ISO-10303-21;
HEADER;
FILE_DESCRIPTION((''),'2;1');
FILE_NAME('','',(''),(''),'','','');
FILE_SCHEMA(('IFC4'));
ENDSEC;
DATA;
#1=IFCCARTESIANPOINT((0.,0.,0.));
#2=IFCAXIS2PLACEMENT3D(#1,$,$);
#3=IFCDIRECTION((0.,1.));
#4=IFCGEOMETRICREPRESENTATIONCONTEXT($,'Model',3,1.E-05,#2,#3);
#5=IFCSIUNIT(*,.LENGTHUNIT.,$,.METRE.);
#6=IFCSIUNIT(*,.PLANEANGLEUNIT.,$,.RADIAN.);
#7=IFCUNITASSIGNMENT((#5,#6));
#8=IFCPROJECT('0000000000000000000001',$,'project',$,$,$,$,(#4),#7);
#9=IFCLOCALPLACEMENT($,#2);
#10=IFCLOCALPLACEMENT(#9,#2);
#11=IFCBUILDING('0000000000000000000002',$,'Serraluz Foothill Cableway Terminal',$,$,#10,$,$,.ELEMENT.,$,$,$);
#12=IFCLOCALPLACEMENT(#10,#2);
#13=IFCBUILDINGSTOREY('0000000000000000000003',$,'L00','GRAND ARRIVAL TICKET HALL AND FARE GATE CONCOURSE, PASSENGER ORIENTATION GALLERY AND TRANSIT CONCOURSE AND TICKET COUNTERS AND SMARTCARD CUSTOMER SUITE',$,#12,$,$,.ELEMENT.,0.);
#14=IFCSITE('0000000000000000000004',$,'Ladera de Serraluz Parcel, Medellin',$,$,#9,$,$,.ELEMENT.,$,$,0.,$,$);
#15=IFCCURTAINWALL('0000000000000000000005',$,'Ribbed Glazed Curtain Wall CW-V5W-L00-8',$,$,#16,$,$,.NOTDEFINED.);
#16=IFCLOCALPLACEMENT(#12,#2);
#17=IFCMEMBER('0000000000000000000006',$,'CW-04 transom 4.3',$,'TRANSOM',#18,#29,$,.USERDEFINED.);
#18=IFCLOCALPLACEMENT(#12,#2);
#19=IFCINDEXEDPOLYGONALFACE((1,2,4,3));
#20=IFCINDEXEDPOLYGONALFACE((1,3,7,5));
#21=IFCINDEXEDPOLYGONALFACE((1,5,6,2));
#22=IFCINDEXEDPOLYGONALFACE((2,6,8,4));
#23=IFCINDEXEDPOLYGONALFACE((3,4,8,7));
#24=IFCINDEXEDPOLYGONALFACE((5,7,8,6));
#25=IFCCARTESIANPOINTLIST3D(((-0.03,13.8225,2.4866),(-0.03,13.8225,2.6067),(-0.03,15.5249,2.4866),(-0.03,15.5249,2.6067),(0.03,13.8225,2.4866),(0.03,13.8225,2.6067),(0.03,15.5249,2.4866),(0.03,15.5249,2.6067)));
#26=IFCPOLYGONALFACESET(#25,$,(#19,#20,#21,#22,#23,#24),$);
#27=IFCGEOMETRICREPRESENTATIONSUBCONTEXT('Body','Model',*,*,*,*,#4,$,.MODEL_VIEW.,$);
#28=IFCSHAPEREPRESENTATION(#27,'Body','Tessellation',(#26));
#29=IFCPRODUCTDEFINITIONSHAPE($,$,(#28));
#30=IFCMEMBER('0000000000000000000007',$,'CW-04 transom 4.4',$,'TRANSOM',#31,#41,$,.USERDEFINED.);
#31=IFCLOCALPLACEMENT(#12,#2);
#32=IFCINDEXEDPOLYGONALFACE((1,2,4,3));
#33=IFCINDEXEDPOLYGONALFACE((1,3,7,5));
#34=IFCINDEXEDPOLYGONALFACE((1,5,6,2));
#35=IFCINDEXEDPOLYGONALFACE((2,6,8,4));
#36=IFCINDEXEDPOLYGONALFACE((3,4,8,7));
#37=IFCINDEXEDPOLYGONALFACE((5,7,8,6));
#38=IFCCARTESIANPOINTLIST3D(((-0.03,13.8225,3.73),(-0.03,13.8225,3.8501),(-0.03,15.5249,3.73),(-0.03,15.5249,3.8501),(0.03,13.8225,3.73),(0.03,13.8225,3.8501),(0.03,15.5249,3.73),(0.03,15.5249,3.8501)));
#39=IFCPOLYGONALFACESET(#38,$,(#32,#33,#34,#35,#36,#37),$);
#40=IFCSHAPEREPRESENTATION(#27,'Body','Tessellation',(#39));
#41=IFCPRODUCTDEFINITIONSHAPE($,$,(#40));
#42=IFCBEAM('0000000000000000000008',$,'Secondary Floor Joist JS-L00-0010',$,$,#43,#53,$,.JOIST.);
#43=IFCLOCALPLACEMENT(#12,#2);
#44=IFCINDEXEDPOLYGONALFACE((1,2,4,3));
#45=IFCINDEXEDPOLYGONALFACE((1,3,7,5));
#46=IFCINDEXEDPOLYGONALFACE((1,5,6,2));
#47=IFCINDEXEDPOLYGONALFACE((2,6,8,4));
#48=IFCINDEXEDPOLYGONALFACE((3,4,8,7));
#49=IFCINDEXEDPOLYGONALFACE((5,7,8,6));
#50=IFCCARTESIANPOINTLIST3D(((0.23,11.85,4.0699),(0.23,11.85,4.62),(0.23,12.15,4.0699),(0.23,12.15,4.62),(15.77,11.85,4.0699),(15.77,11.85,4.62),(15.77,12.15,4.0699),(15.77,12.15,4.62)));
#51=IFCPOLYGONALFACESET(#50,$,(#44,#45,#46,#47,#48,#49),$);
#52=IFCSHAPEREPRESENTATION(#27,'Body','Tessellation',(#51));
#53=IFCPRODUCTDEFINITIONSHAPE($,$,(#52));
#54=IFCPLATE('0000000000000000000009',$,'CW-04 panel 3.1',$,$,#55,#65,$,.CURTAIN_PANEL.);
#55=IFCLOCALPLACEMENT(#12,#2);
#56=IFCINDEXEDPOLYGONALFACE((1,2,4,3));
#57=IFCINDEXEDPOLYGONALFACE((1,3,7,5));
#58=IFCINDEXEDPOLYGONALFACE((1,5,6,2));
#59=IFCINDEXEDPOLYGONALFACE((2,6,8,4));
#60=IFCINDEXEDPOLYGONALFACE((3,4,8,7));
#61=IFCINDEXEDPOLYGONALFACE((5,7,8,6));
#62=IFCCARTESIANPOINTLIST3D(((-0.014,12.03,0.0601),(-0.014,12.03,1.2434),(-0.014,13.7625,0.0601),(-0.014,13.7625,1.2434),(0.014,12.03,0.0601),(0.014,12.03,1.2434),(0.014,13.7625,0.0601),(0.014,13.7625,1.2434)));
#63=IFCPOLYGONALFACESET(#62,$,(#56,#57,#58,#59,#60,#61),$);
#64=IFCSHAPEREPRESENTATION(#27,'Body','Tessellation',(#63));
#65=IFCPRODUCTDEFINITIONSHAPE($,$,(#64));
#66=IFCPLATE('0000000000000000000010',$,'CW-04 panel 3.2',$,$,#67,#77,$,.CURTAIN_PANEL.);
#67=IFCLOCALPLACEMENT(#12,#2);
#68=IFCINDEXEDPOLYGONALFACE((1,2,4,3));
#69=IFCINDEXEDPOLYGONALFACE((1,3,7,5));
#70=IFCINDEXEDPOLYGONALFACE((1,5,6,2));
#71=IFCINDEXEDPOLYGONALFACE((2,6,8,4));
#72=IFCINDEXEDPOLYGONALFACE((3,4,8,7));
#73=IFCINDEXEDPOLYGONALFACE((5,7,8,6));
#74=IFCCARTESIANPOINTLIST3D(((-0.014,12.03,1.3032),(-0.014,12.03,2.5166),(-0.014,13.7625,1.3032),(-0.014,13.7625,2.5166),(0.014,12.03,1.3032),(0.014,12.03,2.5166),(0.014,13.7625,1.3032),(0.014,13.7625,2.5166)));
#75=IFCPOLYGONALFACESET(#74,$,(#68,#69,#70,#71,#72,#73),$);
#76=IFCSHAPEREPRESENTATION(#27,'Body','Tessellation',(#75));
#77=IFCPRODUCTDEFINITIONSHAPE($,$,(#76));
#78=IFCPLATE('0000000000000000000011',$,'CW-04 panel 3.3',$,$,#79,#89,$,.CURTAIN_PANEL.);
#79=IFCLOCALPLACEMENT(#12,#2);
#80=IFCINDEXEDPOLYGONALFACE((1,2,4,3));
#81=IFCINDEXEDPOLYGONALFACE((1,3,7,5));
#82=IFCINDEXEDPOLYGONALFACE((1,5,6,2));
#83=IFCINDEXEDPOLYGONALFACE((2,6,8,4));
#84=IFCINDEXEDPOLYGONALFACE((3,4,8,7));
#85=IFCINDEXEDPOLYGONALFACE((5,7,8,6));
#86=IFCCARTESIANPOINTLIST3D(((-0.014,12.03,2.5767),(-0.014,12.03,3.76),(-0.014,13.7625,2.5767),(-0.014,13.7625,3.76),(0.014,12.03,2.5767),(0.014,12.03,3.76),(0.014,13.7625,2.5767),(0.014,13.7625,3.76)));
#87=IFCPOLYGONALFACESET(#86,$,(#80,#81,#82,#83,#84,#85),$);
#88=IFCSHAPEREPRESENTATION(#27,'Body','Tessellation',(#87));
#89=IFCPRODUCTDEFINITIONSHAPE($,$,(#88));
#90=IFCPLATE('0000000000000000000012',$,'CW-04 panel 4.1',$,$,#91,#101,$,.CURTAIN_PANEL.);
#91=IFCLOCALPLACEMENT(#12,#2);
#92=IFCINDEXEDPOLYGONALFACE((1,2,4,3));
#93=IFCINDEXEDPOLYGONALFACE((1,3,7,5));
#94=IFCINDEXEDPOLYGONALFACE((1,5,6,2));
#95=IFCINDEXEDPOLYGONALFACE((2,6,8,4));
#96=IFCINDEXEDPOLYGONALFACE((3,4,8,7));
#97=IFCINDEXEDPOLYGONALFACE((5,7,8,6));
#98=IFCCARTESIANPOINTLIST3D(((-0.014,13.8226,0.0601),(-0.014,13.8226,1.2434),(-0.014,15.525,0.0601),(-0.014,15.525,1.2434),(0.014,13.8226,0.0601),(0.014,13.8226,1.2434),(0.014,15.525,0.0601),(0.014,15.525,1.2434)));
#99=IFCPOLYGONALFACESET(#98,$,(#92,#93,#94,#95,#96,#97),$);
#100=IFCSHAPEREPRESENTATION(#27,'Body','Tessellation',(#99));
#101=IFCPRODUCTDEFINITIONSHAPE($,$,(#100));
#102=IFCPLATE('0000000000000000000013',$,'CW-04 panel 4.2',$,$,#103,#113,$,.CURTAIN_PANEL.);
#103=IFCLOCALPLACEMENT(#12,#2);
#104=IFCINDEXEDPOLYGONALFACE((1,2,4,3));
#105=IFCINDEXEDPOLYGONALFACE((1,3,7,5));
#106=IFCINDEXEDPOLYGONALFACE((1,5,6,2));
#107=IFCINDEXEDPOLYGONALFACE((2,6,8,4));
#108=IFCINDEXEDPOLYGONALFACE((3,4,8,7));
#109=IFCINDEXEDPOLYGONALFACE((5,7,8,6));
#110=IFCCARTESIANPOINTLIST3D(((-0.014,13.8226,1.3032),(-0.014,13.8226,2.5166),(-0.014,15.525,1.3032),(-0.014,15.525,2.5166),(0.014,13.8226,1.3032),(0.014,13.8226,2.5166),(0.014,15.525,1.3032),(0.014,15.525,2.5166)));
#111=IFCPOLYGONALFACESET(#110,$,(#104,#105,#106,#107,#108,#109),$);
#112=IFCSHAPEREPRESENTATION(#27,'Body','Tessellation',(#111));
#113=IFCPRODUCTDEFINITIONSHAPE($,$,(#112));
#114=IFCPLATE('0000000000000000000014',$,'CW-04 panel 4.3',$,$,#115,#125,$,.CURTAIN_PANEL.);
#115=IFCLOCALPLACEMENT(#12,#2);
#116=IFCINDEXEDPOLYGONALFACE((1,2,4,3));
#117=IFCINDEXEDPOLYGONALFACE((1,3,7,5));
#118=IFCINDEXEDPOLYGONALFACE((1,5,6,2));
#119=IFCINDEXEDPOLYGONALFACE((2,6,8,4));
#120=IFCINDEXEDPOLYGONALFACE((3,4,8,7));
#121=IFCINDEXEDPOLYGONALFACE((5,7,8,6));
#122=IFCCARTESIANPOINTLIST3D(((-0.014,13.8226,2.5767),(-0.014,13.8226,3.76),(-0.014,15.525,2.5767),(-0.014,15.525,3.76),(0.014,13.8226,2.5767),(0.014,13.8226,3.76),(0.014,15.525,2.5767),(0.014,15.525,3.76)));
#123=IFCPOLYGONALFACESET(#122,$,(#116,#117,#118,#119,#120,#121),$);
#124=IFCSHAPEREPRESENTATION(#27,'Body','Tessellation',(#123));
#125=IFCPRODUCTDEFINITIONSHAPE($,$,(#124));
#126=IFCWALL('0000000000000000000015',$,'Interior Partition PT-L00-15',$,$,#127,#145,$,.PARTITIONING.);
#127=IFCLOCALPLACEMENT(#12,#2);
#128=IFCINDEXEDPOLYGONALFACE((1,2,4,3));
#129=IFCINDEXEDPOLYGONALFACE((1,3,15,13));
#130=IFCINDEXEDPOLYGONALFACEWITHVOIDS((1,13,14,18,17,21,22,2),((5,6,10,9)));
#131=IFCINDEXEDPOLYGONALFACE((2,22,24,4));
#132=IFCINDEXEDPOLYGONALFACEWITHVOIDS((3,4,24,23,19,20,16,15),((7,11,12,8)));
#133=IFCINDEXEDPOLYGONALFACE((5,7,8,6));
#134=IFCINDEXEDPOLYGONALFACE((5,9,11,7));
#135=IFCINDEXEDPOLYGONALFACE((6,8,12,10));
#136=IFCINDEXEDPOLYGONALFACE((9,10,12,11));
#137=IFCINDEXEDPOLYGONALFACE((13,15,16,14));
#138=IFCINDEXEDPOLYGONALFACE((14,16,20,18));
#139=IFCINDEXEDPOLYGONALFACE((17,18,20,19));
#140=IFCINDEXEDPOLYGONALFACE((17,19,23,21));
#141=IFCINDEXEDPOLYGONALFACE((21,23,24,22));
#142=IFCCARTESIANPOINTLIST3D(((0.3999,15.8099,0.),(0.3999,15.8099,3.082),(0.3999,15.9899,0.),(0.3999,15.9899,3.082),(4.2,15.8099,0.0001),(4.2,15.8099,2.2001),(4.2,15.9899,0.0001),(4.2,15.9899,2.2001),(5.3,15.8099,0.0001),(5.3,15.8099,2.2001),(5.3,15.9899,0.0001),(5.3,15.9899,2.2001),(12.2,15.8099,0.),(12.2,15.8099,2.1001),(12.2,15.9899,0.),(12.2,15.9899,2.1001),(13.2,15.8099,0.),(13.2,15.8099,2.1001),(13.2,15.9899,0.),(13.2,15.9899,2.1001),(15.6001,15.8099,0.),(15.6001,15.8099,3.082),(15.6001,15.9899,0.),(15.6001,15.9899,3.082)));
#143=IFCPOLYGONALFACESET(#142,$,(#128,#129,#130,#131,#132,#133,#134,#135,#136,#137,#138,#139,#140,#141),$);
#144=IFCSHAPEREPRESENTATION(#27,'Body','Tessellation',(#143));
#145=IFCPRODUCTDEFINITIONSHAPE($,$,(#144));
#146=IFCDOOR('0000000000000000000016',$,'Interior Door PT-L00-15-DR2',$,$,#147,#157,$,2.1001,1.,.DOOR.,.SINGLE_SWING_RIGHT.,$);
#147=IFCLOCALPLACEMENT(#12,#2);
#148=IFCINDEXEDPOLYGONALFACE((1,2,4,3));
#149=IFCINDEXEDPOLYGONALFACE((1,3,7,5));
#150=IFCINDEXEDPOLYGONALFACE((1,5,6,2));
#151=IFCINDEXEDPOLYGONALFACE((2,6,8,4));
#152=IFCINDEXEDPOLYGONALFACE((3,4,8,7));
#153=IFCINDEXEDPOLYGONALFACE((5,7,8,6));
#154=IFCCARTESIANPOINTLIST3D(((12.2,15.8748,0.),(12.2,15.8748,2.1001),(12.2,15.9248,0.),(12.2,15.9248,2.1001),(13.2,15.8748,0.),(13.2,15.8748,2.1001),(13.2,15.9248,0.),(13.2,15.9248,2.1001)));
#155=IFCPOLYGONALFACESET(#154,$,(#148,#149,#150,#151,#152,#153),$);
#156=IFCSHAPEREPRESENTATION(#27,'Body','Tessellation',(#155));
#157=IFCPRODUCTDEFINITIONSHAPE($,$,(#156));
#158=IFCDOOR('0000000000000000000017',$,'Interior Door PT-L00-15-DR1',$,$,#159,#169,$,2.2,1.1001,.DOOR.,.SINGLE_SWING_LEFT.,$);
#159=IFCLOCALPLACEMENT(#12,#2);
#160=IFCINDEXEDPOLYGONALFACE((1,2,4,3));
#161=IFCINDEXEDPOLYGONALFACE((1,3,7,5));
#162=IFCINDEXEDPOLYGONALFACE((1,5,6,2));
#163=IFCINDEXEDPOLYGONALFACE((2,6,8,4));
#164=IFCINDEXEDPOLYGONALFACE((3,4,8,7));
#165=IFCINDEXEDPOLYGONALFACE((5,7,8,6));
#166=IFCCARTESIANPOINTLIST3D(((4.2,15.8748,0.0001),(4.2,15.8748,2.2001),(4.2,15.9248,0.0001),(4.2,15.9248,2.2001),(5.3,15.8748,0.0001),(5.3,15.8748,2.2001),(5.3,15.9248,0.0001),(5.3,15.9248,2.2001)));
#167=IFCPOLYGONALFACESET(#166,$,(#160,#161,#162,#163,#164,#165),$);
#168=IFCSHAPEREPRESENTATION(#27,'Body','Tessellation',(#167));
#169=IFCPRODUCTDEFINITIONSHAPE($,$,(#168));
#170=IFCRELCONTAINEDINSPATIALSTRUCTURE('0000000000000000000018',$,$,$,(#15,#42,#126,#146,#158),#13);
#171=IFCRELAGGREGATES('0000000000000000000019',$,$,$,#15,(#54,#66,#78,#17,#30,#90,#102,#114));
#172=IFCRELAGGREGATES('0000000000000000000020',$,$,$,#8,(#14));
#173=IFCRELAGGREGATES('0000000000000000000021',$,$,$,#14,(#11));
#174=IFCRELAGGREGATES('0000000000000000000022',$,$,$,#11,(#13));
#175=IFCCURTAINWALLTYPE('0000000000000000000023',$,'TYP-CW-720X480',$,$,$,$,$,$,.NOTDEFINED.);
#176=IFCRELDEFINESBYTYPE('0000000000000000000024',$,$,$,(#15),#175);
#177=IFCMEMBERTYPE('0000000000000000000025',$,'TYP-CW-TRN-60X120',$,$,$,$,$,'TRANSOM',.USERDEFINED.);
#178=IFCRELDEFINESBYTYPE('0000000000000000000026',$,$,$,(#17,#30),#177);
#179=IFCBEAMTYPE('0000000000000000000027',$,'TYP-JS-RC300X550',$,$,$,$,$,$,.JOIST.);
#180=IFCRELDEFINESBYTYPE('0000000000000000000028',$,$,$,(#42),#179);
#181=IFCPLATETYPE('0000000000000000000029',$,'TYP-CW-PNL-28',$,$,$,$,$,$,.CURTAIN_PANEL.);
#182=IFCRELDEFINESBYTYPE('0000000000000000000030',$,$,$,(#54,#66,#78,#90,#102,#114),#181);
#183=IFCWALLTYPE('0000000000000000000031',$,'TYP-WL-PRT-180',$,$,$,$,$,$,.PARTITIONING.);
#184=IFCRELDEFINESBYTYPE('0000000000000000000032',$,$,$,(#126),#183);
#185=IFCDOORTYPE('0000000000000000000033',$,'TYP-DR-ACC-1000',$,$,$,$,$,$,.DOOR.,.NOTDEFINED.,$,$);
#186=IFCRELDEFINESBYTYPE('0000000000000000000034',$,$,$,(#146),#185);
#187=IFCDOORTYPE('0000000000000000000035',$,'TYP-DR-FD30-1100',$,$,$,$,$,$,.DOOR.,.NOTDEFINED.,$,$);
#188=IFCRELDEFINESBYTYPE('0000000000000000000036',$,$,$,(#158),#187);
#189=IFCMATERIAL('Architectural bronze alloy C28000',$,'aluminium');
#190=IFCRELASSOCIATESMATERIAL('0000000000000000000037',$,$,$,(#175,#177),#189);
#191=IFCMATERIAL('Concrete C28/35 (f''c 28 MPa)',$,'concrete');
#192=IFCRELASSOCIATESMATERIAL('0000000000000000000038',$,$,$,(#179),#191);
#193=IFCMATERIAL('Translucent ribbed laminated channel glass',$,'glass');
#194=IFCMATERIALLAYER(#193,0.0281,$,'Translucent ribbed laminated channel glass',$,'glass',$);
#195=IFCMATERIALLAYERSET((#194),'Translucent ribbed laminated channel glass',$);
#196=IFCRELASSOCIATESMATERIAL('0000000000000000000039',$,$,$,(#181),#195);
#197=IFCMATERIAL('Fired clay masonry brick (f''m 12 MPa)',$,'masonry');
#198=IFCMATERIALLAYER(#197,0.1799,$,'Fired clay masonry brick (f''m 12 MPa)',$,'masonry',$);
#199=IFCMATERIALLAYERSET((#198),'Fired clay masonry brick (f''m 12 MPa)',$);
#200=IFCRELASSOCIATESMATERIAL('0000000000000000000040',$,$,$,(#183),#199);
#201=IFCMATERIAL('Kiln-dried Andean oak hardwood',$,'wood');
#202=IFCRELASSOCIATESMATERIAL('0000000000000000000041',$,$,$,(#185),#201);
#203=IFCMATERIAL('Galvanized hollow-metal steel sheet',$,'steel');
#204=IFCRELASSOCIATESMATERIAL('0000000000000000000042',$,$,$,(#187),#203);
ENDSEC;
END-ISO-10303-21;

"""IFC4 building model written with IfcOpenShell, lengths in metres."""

from ifc_helpers import new_model, si_unit, direction, frame, frame_2d, origin, origin_2d, place, context, subcontext, project, spatial, rectangle, extrude, material, layer, layer_set, material_profile, profile_set, type_object, element, fill, aggregate, save


model = new_model("IFC4")

# Units and contexts
model_context = context("Model", 3, precision=1e-05, world=origin(), true_north=direction((0.0, 1.0)))
body_context = subcontext(model_context, "Body", "Model", "MODEL_VIEW")
ifc_project = project(units=[si_unit("LENGTHUNIT", "METRE"), si_unit("PLANEANGLEUNIT", "RADIAN")], contexts=[model_context])

# Site, building, storey
site_placement = place(None, origin())
site = spatial("IfcSite", under=ifc_project, at=site_placement, Name="Ladera de Serraluz Parcel, Medellin", CompositionType="ELEMENT", RefElevation=0.0)
building_placement = place(site_placement, origin())
building = spatial("IfcBuilding", under=site, at=building_placement, Name="Serraluz Foothill Cableway Terminal", CompositionType="ELEMENT")
storey_placement = place(building_placement, origin())
storey = spatial("IfcBuildingStorey", under=building, at=storey_placement, Name="L00", Description="GRAND ARRIVAL TICKET HALL AND FARE GATE CONCOURSE, PASSENGER ORIENTATION GALLERY AND TRANSIT CONCOURSE AND TICKET COUNTERS AND SMARTCARD CUSTOMER SUITE", CompositionType="ELEMENT", Elevation=0.0)

# Shared definitions
ifc_material_1 = material(Name="Concrete C28/35 (f'c 28 MPa)", Category="concrete")

# Curtain wall, members
ifc_material_2 = material(Name="Architectural bronze alloy C28000", Category="aluminium")
curtain_wall_type = type_object("IfcCurtainWallType", Name="TYP-CW-720X480", PredefinedType="NOTDEFINED", material=ifc_material_2)
curtain_wall_placement = place(storey_placement, origin())
curtain_wall = element("IfcCurtainWall", 1, at=curtain_wall_placement, inside=storey, type_object=curtain_wall_type, Name="Ribbed Glazed Curtain Wall CW-V5W-L00-8", PredefinedType="NOTDEFINED")
ifc_material_profile_1 = material_profile(ifc_material_2, rectangle(XDim=0.0601, YDim=0.1201, at=origin_2d()), Name="ALU TRANSOM 60x120")
ifc_profile_set_1 = profile_set([ifc_material_profile_1], Name="Architectural bronze alloy C28000")
member_type_1 = type_object("IfcMemberType", Name="TYP-CW-TRN-60X120", ElementType="TRANSOM", PredefinedType="USERDEFINED", material=ifc_profile_set_1)
member_1_placement = place(storey_placement, frame((0.0, 13.8225, 2.5466), z_axis=(0.0, 1.0, 0.0), x_axis=(-1.0, 0.0, 0.0)))
member_1 = element("IfcMember", 2, at=member_1_placement, type_object=member_type_1, Name="CW-04 transom 4.3", ObjectType="TRANSOM", PredefinedType="USERDEFINED", context=body_context, shape_type="SweptSolid", body=[
    extrude(rectangle(XDim=0.0601, YDim=0.1201, at=origin_2d()), origin(), (0.0, 0.0, 1.0), 1.7024),
])
member_2_placement = place(storey_placement, frame((0.0, 13.8225, 3.79), z_axis=(0.0, 1.0, 0.0), x_axis=(-1.0, 0.0, 0.0)))
member_2 = element("IfcMember", 3, at=member_2_placement, type_object=member_type_1, Name="CW-04 transom 4.4", ObjectType="TRANSOM", PredefinedType="USERDEFINED", context=body_context, shape_type="SweptSolid", body=[
    extrude(rectangle(XDim=0.0601, YDim=0.1201, at=origin_2d()), origin(), (0.0, 0.0, 1.0), 1.7024),
])

# Beam
ifc_material_profile_2 = material_profile(ifc_material_1, rectangle(XDim=0.3, YDim=0.55, at=origin_2d()), Name="RC 300x550")
ifc_profile_set_2 = profile_set([ifc_material_profile_2], Name="Concrete C28/35 (f'c 28 MPa)")
beam_type = type_object("IfcBeamType", Name="TYP-JS-RC300X550", PredefinedType="JOIST", material=ifc_profile_set_2)
beam_placement = place(storey_placement, frame((0.23, 12.0, 4.345), z_axis=(1.0, 0.0, 0.0), x_axis=(0.0, 1.0, 0.0)))
element("IfcBeam", 4, at=beam_placement, inside=storey, type_object=beam_type, Name="Secondary Floor Joist JS-L00-0010", PredefinedType="JOIST", context=body_context, shape_type="SweptSolid", body=[
    extrude(rectangle(XDim=0.3, YDim=0.55, at=origin_2d()), origin(), (0.0, 0.0, 1.0), 15.54),
])

# Plates
ifc_material_3 = material(Name="Translucent ribbed laminated channel glass", Category="glass")
ifc_layer_1 = layer(ifc_material_3, 0.0281, Name="Translucent ribbed laminated channel glass", Category="glass")
ifc_layer_set_1 = layer_set([ifc_layer_1], Name="Translucent ribbed laminated channel glass")
plate_type = type_object("IfcPlateType", Name="TYP-CW-PNL-28", PredefinedType="CURTAIN_PANEL", material=ifc_layer_set_1)
plate_1_placement = place(storey_placement, frame((0.0, 12.8962, 0.0601), z_axis=(0.0, 0.0, 1.0), x_axis=(0.0, 1.0, 0.0)))
plate_1 = element("IfcPlate", 5, at=plate_1_placement, type_object=plate_type, Name="CW-04 panel 3.1", PredefinedType="CURTAIN_PANEL", context=body_context, shape_type="SweptSolid", body=[
    extrude(rectangle(XDim=1.7324, YDim=0.0281, at=origin_2d()), origin(), (0.0, 0.0, 1.0), 1.1833),
])
plate_2_placement = place(storey_placement, frame((0.0, 12.8962, 1.3032), z_axis=(0.0, 0.0, 1.0), x_axis=(0.0, 1.0, 0.0)))
plate_2 = element("IfcPlate", 6, at=plate_2_placement, type_object=plate_type, Name="CW-04 panel 3.2", PredefinedType="CURTAIN_PANEL", context=body_context, shape_type="SweptSolid", body=[
    extrude(rectangle(XDim=1.7324, YDim=0.0281, at=origin_2d()), origin(), (0.0, 0.0, 1.0), 1.2134),
])
plate_3_placement = place(storey_placement, frame((0.0, 12.8962, 2.5767), z_axis=(0.0, 0.0, 1.0), x_axis=(0.0, 1.0, 0.0)))
plate_3 = element("IfcPlate", 7, at=plate_3_placement, type_object=plate_type, Name="CW-04 panel 3.3", PredefinedType="CURTAIN_PANEL", context=body_context, shape_type="SweptSolid", body=[
    extrude(rectangle(XDim=1.7324, YDim=0.0281, at=origin_2d()), origin(), (0.0, 0.0, 1.0), 1.1833),
])
plate_4_placement = place(storey_placement, frame((0.0, 14.6738, 0.0601), z_axis=(0.0, 0.0, 1.0), x_axis=(0.0, 1.0, 0.0)))
plate_4 = element("IfcPlate", 8, at=plate_4_placement, type_object=plate_type, Name="CW-04 panel 4.1", PredefinedType="CURTAIN_PANEL", context=body_context, shape_type="SweptSolid", body=[
    extrude(rectangle(XDim=1.7024, YDim=0.0281, at=origin_2d()), origin(), (0.0, 0.0, 1.0), 1.1833),
])
plate_5_placement = place(storey_placement, frame((0.0, 14.6738, 1.3032), z_axis=(0.0, 0.0, 1.0), x_axis=(0.0, 1.0, 0.0)))
plate_5 = element("IfcPlate", 9, at=plate_5_placement, type_object=plate_type, Name="CW-04 panel 4.2", PredefinedType="CURTAIN_PANEL", context=body_context, shape_type="SweptSolid", body=[
    extrude(rectangle(XDim=1.7024, YDim=0.0281, at=origin_2d()), origin(), (0.0, 0.0, 1.0), 1.2134),
])
plate_6_placement = place(storey_placement, frame((0.0, 14.6738, 2.5767), z_axis=(0.0, 0.0, 1.0), x_axis=(0.0, 1.0, 0.0)))
plate_6 = element("IfcPlate", 10, at=plate_6_placement, type_object=plate_type, Name="CW-04 panel 4.3", PredefinedType="CURTAIN_PANEL", context=body_context, shape_type="SweptSolid", body=[
    extrude(rectangle(XDim=1.7024, YDim=0.0281, at=origin_2d()), origin(), (0.0, 0.0, 1.0), 1.1833),
])
aggregate(curtain_wall, [plate_1, plate_2, plate_3, member_1, member_2, plate_4, plate_5, plate_6])

# Wall, openings, doors
ifc_material_4 = material(Name="Fired clay masonry brick (f'm 12 MPa)", Category="masonry")
ifc_layer_2 = layer(ifc_material_4, 0.1799, Name="Fired clay masonry brick (f'm 12 MPa)", Category="masonry")
ifc_layer_set_2 = layer_set([ifc_layer_2], Name="Fired clay masonry brick (f'm 12 MPa)")
wall_type = type_object("IfcWallType", Name="TYP-WL-PRT-180", PredefinedType="PARTITIONING", material=ifc_layer_set_2)
wall_placement = place(storey_placement, frame((0.3999, 15.8999, 0.0), z_axis=(0.0, 0.0, 1.0), x_axis=(1.0, 0.0, 0.0)))
wall = element("IfcWall", 11, at=wall_placement, inside=storey, type_object=wall_type, Name="Interior Partition PT-L00-15", PredefinedType="PARTITIONING", context=body_context, shape_type="SweptSolid", body=[
    extrude(rectangle(XDim=15.2002, YDim=0.1799, at=frame_2d((7.6001, 0.0))), origin(), (0.0, 0.0, 1.0), 3.082),
])
opening_1_placement = place(wall_placement, frame((3.8, 0.0, 0.0)))
opening_1 = element("IfcOpeningElement", 12, at=opening_1_placement, cuts=wall, PredefinedType="OPENING", context=body_context, shape_type="SweptSolid", body=[
    extrude(rectangle(XDim=1.1001, YDim=2.2, at=frame_2d((0.55, 1.1001))), frame((0.0, 0.1001, 0.0), z_axis=(0.0, -1.0, 0.0), x_axis=(1.0, 0.0, 0.0)), (0.0, 0.0, 1.0), 0.2),
])
opening_2_placement = place(wall_placement, frame((11.8, 0.0, 0.0)))
opening_2 = element("IfcOpeningElement", 13, at=opening_2_placement, cuts=wall, PredefinedType="OPENING", context=body_context, shape_type="SweptSolid", body=[
    extrude(rectangle(XDim=1.0, YDim=2.1001, at=frame_2d((0.5, 1.05))), frame((0.0, 0.1001, 0.0), z_axis=(0.0, -1.0, 0.0), x_axis=(1.0, 0.0, 0.0)), (0.0, 0.0, 1.0), 0.2),
])
ifc_material_5 = material(Name="Kiln-dried Andean oak hardwood", Category="wood")
door_type_1 = type_object("IfcDoorType", Name="TYP-DR-ACC-1000", OperationType="NOTDEFINED", PredefinedType="DOOR", material=ifc_material_5)
door_1_placement = place(opening_2_placement, origin())
door_1 = element("IfcDoor", 14, at=door_1_placement, inside=storey, type_object=door_type_1, Name="Interior Door PT-L00-15-DR2", OperationType="SINGLE_SWING_RIGHT", OverallHeight=2.1001, OverallWidth=1.0, PredefinedType="DOOR", context=body_context, shape_type="SweptSolid", body=[
    extrude(rectangle(XDim=1.0, YDim=2.1001, at=frame_2d((0.5, 1.05))), frame((0.0, 0.0249, 0.0), z_axis=(0.0, -1.0, 0.0), x_axis=(1.0, 0.0, 0.0)), (0.0, 0.0, 1.0), 0.05),
])
fill(opening_2, door_1)
ifc_material_6 = material(Name="Galvanized hollow-metal steel sheet", Category="steel")
door_type_2 = type_object("IfcDoorType", Name="TYP-DR-FD30-1100", OperationType="NOTDEFINED", PredefinedType="DOOR", material=ifc_material_6)
door_2_placement = place(opening_1_placement, origin())
door_2 = element("IfcDoor", 15, at=door_2_placement, inside=storey, type_object=door_type_2, Name="Interior Door PT-L00-15-DR1", OperationType="SINGLE_SWING_LEFT", OverallHeight=2.2, OverallWidth=1.1001, PredefinedType="DOOR", context=body_context, shape_type="SweptSolid", body=[
    extrude(rectangle(XDim=1.1001, YDim=2.2, at=frame_2d((0.55, 1.1001))), frame((0.0, 0.0249, 0.0), z_axis=(0.0, -1.0, 0.0), x_axis=(1.0, 0.0, 0.0)), (0.0, 0.0, 1.0), 0.05),
])
fill(opening_1, door_2)

save(model, "model.ifc")
